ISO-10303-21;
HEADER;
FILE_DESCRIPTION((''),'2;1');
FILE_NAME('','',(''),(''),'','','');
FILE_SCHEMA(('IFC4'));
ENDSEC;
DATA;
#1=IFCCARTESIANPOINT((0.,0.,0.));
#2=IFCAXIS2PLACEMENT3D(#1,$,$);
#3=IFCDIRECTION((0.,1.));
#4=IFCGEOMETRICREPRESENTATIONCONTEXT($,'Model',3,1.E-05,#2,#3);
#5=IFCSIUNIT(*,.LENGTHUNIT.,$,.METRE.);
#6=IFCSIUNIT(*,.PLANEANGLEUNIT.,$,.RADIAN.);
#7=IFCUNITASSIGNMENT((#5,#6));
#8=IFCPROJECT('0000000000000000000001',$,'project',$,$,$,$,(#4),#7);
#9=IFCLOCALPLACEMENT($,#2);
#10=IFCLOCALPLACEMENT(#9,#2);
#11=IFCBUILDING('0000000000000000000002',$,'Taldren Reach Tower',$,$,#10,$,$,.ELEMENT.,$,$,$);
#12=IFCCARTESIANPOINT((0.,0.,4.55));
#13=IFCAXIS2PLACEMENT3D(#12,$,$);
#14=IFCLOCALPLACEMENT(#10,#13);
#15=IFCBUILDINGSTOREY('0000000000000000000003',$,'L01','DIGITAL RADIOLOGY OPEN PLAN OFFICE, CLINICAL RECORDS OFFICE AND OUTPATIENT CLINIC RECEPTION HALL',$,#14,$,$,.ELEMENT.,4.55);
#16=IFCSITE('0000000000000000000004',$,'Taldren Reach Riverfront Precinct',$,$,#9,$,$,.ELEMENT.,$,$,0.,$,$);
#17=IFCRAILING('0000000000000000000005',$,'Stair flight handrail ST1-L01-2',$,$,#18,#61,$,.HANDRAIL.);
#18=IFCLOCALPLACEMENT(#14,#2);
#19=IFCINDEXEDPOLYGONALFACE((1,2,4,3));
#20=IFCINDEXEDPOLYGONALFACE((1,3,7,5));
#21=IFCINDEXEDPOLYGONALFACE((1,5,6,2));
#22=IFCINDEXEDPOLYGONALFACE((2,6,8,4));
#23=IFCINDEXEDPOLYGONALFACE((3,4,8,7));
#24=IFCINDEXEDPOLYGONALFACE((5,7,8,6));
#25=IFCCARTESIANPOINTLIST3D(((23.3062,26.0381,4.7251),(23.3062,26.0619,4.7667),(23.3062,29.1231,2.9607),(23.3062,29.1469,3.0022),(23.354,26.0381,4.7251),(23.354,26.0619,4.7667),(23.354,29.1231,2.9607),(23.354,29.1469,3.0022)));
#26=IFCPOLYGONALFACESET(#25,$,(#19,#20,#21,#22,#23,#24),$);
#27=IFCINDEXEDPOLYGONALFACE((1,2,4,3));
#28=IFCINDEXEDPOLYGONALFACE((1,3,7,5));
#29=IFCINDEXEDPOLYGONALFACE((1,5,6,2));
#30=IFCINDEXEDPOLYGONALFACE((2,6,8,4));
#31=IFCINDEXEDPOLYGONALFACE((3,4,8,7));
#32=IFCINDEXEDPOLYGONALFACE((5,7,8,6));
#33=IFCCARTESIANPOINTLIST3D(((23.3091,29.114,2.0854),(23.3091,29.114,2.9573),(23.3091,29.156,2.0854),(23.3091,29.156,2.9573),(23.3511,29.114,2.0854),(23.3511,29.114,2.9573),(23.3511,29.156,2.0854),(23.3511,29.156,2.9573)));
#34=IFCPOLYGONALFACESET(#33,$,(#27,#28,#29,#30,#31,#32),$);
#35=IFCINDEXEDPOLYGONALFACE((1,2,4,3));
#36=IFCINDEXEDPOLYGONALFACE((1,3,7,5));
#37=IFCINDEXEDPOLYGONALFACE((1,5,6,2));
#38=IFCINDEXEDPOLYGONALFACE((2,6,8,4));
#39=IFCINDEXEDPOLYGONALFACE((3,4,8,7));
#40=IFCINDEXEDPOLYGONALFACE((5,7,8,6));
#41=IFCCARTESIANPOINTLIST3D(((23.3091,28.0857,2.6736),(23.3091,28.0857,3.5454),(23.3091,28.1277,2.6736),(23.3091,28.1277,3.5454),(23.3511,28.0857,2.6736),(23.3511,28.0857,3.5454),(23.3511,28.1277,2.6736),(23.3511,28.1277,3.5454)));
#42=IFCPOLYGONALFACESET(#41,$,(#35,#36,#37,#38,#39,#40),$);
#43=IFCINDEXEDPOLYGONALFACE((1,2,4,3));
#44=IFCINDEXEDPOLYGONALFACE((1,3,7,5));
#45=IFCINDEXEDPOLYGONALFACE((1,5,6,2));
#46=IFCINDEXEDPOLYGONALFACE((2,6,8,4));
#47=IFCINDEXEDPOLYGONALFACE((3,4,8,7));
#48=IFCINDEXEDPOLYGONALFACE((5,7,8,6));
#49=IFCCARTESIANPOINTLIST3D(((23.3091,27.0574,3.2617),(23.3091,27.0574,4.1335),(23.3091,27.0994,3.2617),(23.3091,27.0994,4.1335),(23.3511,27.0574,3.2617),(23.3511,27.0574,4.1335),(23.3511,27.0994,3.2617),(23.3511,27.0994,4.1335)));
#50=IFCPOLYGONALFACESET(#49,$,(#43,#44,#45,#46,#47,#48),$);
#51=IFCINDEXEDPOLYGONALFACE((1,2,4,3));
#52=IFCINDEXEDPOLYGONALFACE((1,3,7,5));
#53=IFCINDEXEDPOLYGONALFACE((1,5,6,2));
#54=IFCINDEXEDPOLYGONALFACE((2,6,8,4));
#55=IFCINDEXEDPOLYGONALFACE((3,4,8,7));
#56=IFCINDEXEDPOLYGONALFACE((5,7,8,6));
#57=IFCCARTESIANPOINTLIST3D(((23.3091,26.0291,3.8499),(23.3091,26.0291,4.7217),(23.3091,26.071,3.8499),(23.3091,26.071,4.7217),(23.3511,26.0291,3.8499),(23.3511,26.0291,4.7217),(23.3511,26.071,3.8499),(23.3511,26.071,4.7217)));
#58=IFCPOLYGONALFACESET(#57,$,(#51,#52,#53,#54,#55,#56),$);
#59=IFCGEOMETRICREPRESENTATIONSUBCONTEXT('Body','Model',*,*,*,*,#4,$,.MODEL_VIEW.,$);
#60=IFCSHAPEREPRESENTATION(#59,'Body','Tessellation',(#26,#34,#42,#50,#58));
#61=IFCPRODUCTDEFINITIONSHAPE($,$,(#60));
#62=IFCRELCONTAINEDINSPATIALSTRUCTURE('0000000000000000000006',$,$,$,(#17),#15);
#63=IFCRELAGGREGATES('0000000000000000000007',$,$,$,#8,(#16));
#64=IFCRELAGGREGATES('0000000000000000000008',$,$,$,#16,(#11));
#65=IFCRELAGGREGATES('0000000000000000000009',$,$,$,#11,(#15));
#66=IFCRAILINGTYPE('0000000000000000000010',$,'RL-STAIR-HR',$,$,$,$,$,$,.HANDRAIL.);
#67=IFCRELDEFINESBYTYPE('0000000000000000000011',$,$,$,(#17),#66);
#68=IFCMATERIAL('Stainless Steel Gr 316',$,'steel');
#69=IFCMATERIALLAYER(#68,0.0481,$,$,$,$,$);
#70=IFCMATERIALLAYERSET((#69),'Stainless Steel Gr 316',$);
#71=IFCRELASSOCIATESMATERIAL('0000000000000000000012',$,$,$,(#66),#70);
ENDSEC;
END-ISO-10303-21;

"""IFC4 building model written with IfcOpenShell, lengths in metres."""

from ifc_helpers import new_model, si_unit, direction, frame, origin, origin_2d, place, context, subcontext, project, spatial, rectangle, extrude, material, layer, layer_set, type_object, element, save


model = new_model("IFC4")

# Units and contexts
model_context = context("Model", 3, precision=1e-05, world=origin(), true_north=direction((0.0, 1.0)))
body_context = subcontext(model_context, "Body", "Model", "MODEL_VIEW")
ifc_project = project(units=[si_unit("LENGTHUNIT", "METRE"), si_unit("PLANEANGLEUNIT", "RADIAN")], contexts=[model_context])

# Site, building, storey
site_placement = place(None, origin())
site = spatial("IfcSite", under=ifc_project, at=site_placement, Name="Taldren Reach Riverfront Precinct", CompositionType="ELEMENT", RefElevation=0.0)
building_placement = place(site_placement, origin())
building = spatial("IfcBuilding", under=site, at=building_placement, Name="Taldren Reach Tower", CompositionType="ELEMENT")
storey_placement = place(building_placement, frame((0.0, 0.0, 4.55)))
storey = spatial("IfcBuildingStorey", under=building, at=storey_placement, Name="L01", Description="DIGITAL RADIOLOGY OPEN PLAN OFFICE, CLINICAL RECORDS OFFICE AND OUTPATIENT CLINIC RECEPTION HALL", CompositionType="ELEMENT", Elevation=4.55)

# Railing
ifc_material_1 = material(Name="Stainless Steel Gr 316", Category="steel")
ifc_layer_1 = layer(ifc_material_1, 0.0481)
ifc_layer_set_1 = layer_set([ifc_layer_1], Name="Stainless Steel Gr 316")
railing_type_1 = type_object("IfcRailingType", Name="RL-STAIR-HR", PredefinedType="HANDRAIL", material=ifc_layer_set_1)
railing_1_placement = place(storey_placement, frame((23.3301, 29.135, 2.0854)))
element("IfcRailing", 1, at=railing_1_placement, inside=storey, type_object=railing_type_1, Name="Stair flight handrail ST1-L01-2", PredefinedType="HANDRAIL", context=body_context, shape_type="SweptSolid", body=[
    extrude(rectangle(XDim=0.0479, YDim=0.0479, at=origin_2d()), frame((0.0, 0.0, 0.896), z_axis=(0.0, -0.868053, 0.496472), x_axis=(1.0, 0.0, 0.0)), (0.0, 0.0, 1.0), 3.554),
    extrude(rectangle(XDim=0.042, YDim=0.042, at=origin_2d()), origin(), (0.0, 0.0, 1.0), 0.8718),
    extrude(rectangle(XDim=0.042, YDim=0.042, at=origin_2d()), frame((0.0, -1.0283, 0.5881)), (0.0, 0.0, 1.0), 0.8718),
    extrude(rectangle(XDim=0.042, YDim=0.042, at=origin_2d()), frame((0.0, -2.0566, 1.1763)), (0.0, 0.0, 1.0), 0.8718),
    extrude(rectangle(XDim=0.042, YDim=0.042, at=origin_2d()), frame((0.0, -3.085, 1.7644)), (0.0, 0.0, 1.0), 0.8718),
])

save(model, "model.ifc")
